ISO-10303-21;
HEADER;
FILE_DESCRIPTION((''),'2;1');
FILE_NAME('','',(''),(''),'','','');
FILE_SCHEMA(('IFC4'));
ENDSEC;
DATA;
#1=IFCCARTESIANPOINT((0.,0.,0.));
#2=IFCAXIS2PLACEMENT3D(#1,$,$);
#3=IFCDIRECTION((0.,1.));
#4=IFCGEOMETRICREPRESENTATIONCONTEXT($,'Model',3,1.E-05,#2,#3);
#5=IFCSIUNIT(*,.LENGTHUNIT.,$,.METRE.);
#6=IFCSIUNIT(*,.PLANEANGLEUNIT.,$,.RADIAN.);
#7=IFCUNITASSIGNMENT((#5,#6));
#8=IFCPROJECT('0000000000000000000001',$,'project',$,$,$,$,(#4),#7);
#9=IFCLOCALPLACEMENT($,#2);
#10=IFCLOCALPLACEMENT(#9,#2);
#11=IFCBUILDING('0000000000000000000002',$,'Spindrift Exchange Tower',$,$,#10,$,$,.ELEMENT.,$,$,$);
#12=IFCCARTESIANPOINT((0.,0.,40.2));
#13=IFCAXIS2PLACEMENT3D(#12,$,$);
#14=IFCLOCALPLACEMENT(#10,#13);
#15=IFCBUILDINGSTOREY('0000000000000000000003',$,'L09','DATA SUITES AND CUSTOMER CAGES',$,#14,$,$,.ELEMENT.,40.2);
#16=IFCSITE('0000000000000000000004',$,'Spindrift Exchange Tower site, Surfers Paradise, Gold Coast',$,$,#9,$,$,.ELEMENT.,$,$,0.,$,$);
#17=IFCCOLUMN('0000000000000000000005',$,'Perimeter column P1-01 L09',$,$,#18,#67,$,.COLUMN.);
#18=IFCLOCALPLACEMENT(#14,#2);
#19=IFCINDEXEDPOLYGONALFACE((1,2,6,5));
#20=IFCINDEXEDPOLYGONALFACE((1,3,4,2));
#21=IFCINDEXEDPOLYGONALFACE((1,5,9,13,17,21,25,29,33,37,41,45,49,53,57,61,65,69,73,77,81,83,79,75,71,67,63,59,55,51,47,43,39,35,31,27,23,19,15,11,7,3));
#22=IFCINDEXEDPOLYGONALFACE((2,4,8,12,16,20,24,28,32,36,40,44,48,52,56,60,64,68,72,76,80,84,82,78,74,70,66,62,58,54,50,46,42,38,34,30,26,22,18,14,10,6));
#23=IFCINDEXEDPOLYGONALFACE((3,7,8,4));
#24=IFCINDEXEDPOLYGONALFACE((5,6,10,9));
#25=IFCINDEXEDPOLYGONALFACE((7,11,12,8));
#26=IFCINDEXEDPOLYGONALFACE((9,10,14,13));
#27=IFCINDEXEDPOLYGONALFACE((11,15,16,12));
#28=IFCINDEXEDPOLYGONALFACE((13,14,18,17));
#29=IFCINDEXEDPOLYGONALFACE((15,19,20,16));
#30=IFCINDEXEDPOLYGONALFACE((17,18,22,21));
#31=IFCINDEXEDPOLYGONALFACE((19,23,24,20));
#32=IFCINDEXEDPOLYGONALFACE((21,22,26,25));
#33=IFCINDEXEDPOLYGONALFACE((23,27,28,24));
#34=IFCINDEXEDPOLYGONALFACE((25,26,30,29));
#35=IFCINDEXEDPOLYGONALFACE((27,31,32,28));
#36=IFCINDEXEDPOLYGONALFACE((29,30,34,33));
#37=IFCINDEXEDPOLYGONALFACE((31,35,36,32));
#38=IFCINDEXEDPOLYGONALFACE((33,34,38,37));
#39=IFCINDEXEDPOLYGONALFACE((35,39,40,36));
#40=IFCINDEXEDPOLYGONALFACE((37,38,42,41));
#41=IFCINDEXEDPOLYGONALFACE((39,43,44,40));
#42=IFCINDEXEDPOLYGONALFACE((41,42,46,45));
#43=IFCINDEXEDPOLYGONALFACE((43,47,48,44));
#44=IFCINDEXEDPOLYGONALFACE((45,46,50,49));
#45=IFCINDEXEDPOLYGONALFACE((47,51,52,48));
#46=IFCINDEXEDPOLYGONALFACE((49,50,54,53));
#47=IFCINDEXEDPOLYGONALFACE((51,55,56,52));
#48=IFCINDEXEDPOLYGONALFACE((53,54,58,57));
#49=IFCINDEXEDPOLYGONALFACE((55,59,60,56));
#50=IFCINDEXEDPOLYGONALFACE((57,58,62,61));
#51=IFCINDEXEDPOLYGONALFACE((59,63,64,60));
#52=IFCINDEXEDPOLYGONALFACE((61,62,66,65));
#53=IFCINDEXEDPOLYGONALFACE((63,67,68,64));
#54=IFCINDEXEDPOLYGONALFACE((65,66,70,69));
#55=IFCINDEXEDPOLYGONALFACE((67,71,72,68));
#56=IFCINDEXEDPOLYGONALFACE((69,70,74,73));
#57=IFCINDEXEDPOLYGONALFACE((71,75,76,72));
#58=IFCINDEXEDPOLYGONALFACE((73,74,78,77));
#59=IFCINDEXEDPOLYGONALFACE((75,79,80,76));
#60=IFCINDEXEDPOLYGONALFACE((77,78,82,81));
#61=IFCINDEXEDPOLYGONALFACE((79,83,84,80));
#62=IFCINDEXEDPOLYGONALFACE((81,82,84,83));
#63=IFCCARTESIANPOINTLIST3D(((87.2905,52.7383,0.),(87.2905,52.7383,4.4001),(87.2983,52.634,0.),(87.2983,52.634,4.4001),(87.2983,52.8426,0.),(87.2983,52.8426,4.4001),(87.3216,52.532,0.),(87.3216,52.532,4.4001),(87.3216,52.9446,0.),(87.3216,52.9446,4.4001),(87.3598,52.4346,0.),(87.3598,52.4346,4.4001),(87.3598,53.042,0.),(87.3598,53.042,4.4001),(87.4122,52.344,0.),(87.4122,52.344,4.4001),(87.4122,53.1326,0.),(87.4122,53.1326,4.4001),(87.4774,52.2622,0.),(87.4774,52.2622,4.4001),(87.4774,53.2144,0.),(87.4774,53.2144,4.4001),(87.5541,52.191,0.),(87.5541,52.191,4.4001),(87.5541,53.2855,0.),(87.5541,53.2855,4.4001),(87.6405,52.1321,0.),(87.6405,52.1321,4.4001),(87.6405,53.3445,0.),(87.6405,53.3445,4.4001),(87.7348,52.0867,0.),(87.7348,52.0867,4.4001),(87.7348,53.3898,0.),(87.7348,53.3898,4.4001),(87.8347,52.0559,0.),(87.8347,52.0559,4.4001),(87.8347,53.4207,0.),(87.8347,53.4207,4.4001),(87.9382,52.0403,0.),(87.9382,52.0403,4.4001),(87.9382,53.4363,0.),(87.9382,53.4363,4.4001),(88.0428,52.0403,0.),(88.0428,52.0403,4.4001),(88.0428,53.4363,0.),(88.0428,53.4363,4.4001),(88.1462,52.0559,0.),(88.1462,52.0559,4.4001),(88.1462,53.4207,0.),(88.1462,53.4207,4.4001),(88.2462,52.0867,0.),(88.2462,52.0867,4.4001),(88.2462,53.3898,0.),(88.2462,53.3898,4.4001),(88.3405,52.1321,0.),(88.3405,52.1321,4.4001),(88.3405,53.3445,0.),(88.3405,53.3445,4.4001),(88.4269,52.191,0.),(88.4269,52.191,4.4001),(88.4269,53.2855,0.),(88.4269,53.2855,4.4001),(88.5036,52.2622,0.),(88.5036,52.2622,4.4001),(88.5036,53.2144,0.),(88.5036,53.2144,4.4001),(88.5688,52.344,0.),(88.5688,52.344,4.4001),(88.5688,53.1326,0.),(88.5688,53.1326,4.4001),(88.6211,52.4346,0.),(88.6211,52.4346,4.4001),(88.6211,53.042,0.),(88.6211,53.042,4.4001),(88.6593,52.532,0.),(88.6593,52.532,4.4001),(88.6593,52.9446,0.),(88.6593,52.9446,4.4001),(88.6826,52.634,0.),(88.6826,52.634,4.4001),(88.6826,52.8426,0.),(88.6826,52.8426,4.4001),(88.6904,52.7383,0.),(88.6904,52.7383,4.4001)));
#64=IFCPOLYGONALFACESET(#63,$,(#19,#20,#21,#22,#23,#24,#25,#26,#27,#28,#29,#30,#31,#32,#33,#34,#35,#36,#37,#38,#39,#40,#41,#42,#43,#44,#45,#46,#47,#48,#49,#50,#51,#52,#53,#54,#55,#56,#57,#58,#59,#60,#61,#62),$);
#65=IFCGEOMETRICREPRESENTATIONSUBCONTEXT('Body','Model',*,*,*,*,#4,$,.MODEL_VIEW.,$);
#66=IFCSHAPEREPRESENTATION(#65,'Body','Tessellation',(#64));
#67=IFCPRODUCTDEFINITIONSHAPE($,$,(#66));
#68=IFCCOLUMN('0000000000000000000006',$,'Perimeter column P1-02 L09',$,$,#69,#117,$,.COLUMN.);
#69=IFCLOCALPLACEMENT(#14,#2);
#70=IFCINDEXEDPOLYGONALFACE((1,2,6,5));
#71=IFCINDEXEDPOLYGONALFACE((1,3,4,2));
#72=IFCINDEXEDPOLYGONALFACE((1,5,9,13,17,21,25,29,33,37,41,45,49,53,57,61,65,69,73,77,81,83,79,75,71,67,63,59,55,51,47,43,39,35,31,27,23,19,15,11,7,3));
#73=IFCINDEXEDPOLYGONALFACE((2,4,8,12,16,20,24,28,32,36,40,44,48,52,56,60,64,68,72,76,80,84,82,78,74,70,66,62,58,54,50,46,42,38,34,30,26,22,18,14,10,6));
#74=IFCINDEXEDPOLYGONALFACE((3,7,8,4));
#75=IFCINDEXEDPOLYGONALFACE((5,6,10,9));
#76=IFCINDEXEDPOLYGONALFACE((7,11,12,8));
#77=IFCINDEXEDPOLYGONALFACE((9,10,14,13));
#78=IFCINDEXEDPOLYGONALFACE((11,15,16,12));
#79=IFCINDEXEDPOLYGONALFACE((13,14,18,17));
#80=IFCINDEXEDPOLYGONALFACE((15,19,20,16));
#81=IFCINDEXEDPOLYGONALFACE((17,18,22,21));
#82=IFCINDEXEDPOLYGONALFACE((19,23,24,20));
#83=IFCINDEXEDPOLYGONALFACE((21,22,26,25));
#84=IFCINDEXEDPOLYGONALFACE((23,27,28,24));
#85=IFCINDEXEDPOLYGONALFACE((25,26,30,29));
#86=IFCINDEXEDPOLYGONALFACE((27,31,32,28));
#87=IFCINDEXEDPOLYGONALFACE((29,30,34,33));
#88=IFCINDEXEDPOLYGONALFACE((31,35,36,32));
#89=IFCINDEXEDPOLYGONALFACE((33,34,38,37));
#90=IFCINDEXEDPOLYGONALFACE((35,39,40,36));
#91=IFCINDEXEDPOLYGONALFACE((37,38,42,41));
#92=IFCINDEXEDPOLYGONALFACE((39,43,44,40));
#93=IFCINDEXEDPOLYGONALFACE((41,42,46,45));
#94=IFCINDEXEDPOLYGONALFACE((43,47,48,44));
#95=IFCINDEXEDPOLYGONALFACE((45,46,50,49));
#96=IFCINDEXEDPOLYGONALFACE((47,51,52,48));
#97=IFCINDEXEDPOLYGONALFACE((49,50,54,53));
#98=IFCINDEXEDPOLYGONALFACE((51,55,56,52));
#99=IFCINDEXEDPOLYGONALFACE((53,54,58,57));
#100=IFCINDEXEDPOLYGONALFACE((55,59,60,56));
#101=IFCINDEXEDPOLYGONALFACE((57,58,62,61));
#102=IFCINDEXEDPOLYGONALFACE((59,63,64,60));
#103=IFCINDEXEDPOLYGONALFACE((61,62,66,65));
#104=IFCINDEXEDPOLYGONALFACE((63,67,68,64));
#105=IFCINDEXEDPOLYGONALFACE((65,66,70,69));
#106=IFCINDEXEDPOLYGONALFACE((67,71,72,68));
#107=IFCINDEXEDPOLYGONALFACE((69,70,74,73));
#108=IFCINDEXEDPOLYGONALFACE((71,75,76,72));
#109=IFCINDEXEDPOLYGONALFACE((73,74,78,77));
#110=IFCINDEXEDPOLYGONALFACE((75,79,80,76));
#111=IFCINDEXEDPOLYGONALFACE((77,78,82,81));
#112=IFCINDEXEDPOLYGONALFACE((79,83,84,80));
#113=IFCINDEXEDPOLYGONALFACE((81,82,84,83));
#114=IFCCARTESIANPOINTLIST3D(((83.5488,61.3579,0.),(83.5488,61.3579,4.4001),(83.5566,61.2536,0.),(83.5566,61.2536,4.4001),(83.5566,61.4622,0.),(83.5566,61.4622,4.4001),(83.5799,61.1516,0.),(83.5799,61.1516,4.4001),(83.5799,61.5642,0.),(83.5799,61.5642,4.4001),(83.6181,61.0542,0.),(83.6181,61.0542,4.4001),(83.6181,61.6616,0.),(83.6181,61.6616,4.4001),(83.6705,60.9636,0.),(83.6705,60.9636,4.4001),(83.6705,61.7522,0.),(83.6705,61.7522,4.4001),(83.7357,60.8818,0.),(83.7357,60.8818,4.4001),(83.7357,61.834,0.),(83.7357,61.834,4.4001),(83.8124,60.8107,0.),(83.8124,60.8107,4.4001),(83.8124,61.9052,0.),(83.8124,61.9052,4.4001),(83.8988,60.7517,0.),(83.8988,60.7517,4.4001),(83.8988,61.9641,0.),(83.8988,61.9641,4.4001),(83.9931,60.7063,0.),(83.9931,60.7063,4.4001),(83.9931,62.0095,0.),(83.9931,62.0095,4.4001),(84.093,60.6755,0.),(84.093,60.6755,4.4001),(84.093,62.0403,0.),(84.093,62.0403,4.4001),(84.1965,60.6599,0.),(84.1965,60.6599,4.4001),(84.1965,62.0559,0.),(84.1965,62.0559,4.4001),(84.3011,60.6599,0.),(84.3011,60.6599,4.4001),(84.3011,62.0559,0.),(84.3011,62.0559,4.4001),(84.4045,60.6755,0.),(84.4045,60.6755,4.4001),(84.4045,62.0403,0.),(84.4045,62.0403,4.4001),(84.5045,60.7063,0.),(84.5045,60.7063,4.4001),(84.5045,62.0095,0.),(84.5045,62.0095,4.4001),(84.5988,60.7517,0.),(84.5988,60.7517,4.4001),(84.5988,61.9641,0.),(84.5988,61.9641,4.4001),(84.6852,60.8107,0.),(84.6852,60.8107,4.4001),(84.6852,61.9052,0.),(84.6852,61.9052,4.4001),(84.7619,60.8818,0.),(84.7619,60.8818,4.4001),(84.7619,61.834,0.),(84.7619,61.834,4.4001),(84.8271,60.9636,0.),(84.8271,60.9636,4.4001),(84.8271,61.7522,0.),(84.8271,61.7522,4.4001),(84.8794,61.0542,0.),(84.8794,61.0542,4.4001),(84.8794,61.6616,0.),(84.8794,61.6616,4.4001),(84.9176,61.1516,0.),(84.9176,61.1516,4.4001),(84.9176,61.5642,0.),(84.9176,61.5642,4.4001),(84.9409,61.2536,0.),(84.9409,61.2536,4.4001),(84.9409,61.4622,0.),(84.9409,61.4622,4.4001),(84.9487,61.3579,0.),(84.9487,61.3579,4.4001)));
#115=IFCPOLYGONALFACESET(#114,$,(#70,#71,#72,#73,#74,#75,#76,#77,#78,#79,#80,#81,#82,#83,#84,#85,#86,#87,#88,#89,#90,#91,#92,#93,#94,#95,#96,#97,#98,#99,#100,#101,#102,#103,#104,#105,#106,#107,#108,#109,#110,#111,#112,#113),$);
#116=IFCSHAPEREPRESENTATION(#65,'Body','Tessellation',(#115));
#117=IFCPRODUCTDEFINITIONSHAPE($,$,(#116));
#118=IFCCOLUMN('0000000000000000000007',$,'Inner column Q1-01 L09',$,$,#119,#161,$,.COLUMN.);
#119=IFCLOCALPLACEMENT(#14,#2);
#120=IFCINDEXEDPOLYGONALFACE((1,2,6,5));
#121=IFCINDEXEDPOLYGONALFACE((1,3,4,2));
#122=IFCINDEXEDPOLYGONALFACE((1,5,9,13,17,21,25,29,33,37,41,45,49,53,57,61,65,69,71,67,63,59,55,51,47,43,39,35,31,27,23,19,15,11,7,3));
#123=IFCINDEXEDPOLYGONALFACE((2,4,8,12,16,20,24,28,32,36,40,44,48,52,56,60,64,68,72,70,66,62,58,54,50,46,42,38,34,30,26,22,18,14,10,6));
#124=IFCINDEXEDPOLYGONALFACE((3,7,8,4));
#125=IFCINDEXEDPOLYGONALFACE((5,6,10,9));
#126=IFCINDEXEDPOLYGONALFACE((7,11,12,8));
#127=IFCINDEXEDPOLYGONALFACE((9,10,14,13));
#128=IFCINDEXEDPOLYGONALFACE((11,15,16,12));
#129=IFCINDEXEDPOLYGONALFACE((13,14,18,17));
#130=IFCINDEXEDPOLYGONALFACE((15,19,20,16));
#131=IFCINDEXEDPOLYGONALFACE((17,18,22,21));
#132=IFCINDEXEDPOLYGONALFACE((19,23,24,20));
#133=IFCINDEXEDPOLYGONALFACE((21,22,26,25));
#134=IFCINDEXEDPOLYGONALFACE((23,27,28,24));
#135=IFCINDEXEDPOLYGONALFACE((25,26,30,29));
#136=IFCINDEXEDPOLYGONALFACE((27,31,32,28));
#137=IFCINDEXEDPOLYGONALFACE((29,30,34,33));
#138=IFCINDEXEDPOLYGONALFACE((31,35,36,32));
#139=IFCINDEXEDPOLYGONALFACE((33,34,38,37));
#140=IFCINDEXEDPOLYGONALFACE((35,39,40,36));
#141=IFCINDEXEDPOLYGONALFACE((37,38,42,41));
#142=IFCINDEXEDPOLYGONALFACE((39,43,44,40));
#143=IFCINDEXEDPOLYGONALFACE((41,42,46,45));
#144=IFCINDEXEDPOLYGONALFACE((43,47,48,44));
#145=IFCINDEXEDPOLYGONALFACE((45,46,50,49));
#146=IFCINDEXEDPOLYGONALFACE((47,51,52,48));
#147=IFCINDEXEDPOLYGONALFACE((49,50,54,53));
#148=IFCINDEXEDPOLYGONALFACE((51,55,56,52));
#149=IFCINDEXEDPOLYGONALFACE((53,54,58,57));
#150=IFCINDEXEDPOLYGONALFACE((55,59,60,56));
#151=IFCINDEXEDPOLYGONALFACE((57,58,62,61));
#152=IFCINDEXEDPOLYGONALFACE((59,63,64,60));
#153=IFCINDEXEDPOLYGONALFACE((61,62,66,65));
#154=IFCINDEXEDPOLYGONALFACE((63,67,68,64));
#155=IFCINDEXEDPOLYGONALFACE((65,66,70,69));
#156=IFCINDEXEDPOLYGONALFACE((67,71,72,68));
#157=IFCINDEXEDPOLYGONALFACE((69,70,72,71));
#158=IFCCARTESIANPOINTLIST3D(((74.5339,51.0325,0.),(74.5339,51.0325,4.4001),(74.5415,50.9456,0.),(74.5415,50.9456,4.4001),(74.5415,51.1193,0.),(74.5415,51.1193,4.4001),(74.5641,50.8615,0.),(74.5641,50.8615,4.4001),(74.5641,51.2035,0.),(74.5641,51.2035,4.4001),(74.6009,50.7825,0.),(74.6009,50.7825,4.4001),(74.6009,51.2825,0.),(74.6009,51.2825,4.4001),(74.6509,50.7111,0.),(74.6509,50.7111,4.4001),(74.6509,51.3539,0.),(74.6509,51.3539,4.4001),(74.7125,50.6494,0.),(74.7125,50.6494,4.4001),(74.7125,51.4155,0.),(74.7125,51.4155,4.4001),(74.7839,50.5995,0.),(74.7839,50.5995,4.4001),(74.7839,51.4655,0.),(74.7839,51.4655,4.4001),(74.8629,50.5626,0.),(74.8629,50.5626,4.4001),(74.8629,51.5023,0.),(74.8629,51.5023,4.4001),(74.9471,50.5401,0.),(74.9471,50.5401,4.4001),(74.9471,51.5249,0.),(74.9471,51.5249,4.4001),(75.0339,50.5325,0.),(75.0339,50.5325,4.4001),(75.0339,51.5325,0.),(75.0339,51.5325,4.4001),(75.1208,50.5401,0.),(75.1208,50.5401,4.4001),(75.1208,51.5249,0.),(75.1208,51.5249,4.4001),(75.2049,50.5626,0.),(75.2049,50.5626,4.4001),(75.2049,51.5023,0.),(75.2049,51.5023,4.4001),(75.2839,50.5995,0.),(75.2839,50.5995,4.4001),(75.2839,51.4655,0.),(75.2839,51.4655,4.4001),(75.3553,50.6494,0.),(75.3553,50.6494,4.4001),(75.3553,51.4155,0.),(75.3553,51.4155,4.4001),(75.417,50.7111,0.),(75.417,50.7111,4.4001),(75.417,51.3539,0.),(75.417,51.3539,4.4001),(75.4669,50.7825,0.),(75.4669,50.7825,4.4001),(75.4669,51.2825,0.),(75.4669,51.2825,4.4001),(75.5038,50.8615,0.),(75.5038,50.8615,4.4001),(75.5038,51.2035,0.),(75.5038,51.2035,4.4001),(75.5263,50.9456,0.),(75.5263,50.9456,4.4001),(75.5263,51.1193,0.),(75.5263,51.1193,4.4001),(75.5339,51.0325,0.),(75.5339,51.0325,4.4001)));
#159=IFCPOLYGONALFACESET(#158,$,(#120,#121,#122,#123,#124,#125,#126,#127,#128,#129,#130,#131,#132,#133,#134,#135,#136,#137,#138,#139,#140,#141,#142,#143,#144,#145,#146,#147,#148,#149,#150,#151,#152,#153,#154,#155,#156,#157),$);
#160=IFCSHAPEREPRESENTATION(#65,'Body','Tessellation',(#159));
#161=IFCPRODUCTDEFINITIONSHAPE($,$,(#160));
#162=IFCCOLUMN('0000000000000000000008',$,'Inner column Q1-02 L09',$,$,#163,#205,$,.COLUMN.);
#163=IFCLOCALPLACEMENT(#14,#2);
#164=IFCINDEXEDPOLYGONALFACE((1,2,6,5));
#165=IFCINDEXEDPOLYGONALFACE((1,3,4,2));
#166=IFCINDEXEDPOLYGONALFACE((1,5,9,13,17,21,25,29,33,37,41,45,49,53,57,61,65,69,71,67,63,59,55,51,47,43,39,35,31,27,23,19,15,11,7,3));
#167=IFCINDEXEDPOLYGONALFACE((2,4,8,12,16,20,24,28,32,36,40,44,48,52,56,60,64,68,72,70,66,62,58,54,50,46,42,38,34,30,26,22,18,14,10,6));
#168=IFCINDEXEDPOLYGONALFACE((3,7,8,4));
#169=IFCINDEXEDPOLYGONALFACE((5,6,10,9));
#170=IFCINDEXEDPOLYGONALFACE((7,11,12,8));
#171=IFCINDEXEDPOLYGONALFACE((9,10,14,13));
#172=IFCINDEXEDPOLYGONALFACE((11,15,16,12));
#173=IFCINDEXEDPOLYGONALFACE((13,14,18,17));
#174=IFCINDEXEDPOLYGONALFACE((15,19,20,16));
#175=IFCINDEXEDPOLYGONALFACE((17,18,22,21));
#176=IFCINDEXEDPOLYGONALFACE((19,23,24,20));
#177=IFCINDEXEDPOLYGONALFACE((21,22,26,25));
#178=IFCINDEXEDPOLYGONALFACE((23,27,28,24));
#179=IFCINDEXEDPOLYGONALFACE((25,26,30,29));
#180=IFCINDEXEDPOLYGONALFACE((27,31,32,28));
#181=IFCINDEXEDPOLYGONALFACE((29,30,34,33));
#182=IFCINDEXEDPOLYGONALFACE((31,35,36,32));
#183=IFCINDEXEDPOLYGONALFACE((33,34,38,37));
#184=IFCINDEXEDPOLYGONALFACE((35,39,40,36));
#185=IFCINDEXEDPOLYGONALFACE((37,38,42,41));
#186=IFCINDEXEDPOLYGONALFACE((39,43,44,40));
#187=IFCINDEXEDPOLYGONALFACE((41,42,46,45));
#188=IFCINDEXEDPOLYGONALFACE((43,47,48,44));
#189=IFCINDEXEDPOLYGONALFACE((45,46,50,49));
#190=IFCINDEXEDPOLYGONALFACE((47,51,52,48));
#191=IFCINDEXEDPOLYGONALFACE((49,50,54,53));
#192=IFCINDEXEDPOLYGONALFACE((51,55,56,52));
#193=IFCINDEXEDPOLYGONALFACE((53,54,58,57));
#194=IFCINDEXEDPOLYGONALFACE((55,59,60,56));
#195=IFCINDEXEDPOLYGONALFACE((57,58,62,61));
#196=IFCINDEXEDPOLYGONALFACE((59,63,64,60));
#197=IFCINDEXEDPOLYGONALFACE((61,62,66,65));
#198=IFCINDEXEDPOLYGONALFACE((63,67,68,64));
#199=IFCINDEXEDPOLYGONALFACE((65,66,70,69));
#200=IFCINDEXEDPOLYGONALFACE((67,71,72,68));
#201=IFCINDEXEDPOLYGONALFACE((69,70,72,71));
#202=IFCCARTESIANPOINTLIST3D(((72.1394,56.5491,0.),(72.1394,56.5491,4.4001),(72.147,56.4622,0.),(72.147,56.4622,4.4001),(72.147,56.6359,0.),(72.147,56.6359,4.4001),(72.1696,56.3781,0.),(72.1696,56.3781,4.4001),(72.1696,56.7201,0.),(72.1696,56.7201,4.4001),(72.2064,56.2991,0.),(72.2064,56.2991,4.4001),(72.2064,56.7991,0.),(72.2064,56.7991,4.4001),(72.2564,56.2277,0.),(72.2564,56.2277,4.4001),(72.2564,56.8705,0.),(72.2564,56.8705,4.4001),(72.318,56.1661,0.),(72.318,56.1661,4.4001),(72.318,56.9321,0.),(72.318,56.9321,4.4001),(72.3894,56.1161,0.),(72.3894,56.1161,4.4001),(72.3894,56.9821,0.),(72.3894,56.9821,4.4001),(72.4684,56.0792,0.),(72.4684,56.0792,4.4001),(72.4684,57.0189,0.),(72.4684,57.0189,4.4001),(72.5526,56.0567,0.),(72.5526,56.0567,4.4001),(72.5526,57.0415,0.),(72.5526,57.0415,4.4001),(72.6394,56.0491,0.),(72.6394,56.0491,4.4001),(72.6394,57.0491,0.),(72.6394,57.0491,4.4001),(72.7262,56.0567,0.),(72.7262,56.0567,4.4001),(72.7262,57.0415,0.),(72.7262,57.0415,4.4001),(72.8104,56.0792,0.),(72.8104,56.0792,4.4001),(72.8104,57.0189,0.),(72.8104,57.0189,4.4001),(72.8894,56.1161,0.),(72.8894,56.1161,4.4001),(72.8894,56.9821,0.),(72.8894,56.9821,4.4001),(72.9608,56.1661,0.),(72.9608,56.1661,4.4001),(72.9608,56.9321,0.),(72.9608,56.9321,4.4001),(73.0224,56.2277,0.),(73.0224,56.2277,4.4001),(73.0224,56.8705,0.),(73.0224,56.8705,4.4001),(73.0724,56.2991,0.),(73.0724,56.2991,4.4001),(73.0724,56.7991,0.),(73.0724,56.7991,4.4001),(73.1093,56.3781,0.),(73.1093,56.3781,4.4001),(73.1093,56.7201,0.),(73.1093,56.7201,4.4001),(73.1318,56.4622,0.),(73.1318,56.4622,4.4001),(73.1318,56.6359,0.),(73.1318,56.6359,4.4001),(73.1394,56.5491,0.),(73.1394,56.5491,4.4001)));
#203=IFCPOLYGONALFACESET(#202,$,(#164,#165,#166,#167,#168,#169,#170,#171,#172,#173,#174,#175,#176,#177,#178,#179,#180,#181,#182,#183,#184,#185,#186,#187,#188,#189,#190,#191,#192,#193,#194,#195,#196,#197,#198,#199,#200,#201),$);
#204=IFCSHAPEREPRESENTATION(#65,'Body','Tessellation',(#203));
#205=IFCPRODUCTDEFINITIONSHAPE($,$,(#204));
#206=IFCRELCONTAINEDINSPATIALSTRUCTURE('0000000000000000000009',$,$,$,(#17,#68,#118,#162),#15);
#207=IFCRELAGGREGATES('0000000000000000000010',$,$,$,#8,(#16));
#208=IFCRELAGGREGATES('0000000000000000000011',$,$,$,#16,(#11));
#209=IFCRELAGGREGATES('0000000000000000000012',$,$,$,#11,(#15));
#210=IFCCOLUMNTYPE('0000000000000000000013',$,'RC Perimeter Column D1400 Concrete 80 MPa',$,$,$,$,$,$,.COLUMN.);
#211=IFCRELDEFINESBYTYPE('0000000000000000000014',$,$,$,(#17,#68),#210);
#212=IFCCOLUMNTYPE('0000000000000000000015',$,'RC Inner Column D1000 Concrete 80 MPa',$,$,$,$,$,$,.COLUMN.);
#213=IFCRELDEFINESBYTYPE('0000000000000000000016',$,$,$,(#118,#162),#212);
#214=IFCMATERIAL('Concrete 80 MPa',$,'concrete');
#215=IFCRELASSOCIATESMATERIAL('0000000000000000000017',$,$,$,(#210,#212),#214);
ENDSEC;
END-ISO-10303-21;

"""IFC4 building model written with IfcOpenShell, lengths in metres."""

from ifc_helpers import new_model, si_unit, direction, frame, origin, origin_2d, place, context, subcontext, project, spatial, circle, extrude, source, transform, mapped, material, material_profile, profile_set, type_object, element, save


model = new_model("IFC4")

# Units and contexts
model_context = context("Model", 3, precision=1e-05, world=origin(), true_north=direction((0.0, 1.0)))
body_context = subcontext(model_context, "Body", "Model", "MODEL_VIEW")
ifc_project = project(units=[si_unit("LENGTHUNIT", "METRE"), si_unit("PLANEANGLEUNIT", "RADIAN")], contexts=[model_context])

# Site, building, storey
site_placement = place(None, origin())
site = spatial("IfcSite", under=ifc_project, at=site_placement, Name="Spindrift Exchange Tower site, Surfers Paradise, Gold Coast", CompositionType="ELEMENT", RefElevation=0.0)
building_placement = place(site_placement, origin())
building = spatial("IfcBuilding", under=site, at=building_placement, Name="Spindrift Exchange Tower", CompositionType="ELEMENT")
storey_placement = place(building_placement, frame((0.0, 0.0, 40.2)))
storey = spatial("IfcBuildingStorey", under=building, at=storey_placement, Name="L09", Description="DATA SUITES AND CUSTOMER CAGES", CompositionType="ELEMENT", Elevation=40.2)

# Columns
ifc_material_1 = material(Name="Concrete 80 MPa", Category="concrete")
ifc_material_profile_1 = material_profile(ifc_material_1, circle(Radius=0.7, at=origin_2d()), Name="RC D1400")
ifc_profile_set_1 = profile_set([ifc_material_profile_1], Name="Concrete 80 MPa")
column_type_1 = type_object("IfcColumnType", Name="RC Perimeter Column D1400 Concrete 80 MPa", PredefinedType="COLUMN", material=ifc_profile_set_1)
shared_shape_1 = source(origin(), body_context, "Body", "SweptSolid", [
    extrude(circle(Radius=0.7, at=origin_2d()), origin(), (0.0, 0.0, 1.0), 4.4001),
])
for number, where, z_axis, x_axis, name in (
    (1, (87.9905, 52.7383, 0.0), (0.0, 0.0, 1.0), (1.0, 0.0, 0.0), "Perimeter column P1-01 L09"),
    (2, (84.2488, 61.3579, 0.0), (0.0, 0.0, 1.0), (1.0, 0.0, 0.0), "Perimeter column P1-02 L09"),
):
    element("IfcColumn", number, at=place(storey_placement, frame(where, z_axis=z_axis, x_axis=x_axis)), inside=storey, type_object=column_type_1, Name=name, PredefinedType="COLUMN", context=body_context, shape_type="MappedRepresentation", body=[
        mapped(shared_shape_1, transform((0.0, 0.0, 0.0), scale=1.0)),
    ])
ifc_material_profile_2 = material_profile(ifc_material_1, circle(Radius=0.5, at=origin_2d()), Name="RC D1000")
ifc_profile_set_2 = profile_set([ifc_material_profile_2], Name="Concrete 80 MPa")
column_type_2 = type_object("IfcColumnType", Name="RC Inner Column D1000 Concrete 80 MPa", PredefinedType="COLUMN", material=ifc_profile_set_2)
shared_shape_2 = source(origin(), body_context, "Body", "SweptSolid", [
    extrude(circle(Radius=0.5, at=origin_2d()), origin(), (0.0, 0.0, 1.0), 4.4001),
])
for number, where, z_axis, x_axis, name in (
    (3, (75.0339, 51.0325, 0.0), (0.0, 0.0, 1.0), (1.0, 0.0, 0.0), "Inner column Q1-01 L09"),
    (4, (72.6394, 56.5491, 0.0), (0.0, 0.0, 1.0), (1.0, 0.0, 0.0), "Inner column Q1-02 L09"),
):
    element("IfcColumn", number, at=place(storey_placement, frame(where, z_axis=z_axis, x_axis=x_axis)), inside=storey, type_object=column_type_2, Name=name, PredefinedType="COLUMN", context=body_context, shape_type="MappedRepresentation", body=[
        mapped(shared_shape_2, transform((0.0, 0.0, 0.0), scale=1.0)),
    ])

save(model, "model.ifc")
